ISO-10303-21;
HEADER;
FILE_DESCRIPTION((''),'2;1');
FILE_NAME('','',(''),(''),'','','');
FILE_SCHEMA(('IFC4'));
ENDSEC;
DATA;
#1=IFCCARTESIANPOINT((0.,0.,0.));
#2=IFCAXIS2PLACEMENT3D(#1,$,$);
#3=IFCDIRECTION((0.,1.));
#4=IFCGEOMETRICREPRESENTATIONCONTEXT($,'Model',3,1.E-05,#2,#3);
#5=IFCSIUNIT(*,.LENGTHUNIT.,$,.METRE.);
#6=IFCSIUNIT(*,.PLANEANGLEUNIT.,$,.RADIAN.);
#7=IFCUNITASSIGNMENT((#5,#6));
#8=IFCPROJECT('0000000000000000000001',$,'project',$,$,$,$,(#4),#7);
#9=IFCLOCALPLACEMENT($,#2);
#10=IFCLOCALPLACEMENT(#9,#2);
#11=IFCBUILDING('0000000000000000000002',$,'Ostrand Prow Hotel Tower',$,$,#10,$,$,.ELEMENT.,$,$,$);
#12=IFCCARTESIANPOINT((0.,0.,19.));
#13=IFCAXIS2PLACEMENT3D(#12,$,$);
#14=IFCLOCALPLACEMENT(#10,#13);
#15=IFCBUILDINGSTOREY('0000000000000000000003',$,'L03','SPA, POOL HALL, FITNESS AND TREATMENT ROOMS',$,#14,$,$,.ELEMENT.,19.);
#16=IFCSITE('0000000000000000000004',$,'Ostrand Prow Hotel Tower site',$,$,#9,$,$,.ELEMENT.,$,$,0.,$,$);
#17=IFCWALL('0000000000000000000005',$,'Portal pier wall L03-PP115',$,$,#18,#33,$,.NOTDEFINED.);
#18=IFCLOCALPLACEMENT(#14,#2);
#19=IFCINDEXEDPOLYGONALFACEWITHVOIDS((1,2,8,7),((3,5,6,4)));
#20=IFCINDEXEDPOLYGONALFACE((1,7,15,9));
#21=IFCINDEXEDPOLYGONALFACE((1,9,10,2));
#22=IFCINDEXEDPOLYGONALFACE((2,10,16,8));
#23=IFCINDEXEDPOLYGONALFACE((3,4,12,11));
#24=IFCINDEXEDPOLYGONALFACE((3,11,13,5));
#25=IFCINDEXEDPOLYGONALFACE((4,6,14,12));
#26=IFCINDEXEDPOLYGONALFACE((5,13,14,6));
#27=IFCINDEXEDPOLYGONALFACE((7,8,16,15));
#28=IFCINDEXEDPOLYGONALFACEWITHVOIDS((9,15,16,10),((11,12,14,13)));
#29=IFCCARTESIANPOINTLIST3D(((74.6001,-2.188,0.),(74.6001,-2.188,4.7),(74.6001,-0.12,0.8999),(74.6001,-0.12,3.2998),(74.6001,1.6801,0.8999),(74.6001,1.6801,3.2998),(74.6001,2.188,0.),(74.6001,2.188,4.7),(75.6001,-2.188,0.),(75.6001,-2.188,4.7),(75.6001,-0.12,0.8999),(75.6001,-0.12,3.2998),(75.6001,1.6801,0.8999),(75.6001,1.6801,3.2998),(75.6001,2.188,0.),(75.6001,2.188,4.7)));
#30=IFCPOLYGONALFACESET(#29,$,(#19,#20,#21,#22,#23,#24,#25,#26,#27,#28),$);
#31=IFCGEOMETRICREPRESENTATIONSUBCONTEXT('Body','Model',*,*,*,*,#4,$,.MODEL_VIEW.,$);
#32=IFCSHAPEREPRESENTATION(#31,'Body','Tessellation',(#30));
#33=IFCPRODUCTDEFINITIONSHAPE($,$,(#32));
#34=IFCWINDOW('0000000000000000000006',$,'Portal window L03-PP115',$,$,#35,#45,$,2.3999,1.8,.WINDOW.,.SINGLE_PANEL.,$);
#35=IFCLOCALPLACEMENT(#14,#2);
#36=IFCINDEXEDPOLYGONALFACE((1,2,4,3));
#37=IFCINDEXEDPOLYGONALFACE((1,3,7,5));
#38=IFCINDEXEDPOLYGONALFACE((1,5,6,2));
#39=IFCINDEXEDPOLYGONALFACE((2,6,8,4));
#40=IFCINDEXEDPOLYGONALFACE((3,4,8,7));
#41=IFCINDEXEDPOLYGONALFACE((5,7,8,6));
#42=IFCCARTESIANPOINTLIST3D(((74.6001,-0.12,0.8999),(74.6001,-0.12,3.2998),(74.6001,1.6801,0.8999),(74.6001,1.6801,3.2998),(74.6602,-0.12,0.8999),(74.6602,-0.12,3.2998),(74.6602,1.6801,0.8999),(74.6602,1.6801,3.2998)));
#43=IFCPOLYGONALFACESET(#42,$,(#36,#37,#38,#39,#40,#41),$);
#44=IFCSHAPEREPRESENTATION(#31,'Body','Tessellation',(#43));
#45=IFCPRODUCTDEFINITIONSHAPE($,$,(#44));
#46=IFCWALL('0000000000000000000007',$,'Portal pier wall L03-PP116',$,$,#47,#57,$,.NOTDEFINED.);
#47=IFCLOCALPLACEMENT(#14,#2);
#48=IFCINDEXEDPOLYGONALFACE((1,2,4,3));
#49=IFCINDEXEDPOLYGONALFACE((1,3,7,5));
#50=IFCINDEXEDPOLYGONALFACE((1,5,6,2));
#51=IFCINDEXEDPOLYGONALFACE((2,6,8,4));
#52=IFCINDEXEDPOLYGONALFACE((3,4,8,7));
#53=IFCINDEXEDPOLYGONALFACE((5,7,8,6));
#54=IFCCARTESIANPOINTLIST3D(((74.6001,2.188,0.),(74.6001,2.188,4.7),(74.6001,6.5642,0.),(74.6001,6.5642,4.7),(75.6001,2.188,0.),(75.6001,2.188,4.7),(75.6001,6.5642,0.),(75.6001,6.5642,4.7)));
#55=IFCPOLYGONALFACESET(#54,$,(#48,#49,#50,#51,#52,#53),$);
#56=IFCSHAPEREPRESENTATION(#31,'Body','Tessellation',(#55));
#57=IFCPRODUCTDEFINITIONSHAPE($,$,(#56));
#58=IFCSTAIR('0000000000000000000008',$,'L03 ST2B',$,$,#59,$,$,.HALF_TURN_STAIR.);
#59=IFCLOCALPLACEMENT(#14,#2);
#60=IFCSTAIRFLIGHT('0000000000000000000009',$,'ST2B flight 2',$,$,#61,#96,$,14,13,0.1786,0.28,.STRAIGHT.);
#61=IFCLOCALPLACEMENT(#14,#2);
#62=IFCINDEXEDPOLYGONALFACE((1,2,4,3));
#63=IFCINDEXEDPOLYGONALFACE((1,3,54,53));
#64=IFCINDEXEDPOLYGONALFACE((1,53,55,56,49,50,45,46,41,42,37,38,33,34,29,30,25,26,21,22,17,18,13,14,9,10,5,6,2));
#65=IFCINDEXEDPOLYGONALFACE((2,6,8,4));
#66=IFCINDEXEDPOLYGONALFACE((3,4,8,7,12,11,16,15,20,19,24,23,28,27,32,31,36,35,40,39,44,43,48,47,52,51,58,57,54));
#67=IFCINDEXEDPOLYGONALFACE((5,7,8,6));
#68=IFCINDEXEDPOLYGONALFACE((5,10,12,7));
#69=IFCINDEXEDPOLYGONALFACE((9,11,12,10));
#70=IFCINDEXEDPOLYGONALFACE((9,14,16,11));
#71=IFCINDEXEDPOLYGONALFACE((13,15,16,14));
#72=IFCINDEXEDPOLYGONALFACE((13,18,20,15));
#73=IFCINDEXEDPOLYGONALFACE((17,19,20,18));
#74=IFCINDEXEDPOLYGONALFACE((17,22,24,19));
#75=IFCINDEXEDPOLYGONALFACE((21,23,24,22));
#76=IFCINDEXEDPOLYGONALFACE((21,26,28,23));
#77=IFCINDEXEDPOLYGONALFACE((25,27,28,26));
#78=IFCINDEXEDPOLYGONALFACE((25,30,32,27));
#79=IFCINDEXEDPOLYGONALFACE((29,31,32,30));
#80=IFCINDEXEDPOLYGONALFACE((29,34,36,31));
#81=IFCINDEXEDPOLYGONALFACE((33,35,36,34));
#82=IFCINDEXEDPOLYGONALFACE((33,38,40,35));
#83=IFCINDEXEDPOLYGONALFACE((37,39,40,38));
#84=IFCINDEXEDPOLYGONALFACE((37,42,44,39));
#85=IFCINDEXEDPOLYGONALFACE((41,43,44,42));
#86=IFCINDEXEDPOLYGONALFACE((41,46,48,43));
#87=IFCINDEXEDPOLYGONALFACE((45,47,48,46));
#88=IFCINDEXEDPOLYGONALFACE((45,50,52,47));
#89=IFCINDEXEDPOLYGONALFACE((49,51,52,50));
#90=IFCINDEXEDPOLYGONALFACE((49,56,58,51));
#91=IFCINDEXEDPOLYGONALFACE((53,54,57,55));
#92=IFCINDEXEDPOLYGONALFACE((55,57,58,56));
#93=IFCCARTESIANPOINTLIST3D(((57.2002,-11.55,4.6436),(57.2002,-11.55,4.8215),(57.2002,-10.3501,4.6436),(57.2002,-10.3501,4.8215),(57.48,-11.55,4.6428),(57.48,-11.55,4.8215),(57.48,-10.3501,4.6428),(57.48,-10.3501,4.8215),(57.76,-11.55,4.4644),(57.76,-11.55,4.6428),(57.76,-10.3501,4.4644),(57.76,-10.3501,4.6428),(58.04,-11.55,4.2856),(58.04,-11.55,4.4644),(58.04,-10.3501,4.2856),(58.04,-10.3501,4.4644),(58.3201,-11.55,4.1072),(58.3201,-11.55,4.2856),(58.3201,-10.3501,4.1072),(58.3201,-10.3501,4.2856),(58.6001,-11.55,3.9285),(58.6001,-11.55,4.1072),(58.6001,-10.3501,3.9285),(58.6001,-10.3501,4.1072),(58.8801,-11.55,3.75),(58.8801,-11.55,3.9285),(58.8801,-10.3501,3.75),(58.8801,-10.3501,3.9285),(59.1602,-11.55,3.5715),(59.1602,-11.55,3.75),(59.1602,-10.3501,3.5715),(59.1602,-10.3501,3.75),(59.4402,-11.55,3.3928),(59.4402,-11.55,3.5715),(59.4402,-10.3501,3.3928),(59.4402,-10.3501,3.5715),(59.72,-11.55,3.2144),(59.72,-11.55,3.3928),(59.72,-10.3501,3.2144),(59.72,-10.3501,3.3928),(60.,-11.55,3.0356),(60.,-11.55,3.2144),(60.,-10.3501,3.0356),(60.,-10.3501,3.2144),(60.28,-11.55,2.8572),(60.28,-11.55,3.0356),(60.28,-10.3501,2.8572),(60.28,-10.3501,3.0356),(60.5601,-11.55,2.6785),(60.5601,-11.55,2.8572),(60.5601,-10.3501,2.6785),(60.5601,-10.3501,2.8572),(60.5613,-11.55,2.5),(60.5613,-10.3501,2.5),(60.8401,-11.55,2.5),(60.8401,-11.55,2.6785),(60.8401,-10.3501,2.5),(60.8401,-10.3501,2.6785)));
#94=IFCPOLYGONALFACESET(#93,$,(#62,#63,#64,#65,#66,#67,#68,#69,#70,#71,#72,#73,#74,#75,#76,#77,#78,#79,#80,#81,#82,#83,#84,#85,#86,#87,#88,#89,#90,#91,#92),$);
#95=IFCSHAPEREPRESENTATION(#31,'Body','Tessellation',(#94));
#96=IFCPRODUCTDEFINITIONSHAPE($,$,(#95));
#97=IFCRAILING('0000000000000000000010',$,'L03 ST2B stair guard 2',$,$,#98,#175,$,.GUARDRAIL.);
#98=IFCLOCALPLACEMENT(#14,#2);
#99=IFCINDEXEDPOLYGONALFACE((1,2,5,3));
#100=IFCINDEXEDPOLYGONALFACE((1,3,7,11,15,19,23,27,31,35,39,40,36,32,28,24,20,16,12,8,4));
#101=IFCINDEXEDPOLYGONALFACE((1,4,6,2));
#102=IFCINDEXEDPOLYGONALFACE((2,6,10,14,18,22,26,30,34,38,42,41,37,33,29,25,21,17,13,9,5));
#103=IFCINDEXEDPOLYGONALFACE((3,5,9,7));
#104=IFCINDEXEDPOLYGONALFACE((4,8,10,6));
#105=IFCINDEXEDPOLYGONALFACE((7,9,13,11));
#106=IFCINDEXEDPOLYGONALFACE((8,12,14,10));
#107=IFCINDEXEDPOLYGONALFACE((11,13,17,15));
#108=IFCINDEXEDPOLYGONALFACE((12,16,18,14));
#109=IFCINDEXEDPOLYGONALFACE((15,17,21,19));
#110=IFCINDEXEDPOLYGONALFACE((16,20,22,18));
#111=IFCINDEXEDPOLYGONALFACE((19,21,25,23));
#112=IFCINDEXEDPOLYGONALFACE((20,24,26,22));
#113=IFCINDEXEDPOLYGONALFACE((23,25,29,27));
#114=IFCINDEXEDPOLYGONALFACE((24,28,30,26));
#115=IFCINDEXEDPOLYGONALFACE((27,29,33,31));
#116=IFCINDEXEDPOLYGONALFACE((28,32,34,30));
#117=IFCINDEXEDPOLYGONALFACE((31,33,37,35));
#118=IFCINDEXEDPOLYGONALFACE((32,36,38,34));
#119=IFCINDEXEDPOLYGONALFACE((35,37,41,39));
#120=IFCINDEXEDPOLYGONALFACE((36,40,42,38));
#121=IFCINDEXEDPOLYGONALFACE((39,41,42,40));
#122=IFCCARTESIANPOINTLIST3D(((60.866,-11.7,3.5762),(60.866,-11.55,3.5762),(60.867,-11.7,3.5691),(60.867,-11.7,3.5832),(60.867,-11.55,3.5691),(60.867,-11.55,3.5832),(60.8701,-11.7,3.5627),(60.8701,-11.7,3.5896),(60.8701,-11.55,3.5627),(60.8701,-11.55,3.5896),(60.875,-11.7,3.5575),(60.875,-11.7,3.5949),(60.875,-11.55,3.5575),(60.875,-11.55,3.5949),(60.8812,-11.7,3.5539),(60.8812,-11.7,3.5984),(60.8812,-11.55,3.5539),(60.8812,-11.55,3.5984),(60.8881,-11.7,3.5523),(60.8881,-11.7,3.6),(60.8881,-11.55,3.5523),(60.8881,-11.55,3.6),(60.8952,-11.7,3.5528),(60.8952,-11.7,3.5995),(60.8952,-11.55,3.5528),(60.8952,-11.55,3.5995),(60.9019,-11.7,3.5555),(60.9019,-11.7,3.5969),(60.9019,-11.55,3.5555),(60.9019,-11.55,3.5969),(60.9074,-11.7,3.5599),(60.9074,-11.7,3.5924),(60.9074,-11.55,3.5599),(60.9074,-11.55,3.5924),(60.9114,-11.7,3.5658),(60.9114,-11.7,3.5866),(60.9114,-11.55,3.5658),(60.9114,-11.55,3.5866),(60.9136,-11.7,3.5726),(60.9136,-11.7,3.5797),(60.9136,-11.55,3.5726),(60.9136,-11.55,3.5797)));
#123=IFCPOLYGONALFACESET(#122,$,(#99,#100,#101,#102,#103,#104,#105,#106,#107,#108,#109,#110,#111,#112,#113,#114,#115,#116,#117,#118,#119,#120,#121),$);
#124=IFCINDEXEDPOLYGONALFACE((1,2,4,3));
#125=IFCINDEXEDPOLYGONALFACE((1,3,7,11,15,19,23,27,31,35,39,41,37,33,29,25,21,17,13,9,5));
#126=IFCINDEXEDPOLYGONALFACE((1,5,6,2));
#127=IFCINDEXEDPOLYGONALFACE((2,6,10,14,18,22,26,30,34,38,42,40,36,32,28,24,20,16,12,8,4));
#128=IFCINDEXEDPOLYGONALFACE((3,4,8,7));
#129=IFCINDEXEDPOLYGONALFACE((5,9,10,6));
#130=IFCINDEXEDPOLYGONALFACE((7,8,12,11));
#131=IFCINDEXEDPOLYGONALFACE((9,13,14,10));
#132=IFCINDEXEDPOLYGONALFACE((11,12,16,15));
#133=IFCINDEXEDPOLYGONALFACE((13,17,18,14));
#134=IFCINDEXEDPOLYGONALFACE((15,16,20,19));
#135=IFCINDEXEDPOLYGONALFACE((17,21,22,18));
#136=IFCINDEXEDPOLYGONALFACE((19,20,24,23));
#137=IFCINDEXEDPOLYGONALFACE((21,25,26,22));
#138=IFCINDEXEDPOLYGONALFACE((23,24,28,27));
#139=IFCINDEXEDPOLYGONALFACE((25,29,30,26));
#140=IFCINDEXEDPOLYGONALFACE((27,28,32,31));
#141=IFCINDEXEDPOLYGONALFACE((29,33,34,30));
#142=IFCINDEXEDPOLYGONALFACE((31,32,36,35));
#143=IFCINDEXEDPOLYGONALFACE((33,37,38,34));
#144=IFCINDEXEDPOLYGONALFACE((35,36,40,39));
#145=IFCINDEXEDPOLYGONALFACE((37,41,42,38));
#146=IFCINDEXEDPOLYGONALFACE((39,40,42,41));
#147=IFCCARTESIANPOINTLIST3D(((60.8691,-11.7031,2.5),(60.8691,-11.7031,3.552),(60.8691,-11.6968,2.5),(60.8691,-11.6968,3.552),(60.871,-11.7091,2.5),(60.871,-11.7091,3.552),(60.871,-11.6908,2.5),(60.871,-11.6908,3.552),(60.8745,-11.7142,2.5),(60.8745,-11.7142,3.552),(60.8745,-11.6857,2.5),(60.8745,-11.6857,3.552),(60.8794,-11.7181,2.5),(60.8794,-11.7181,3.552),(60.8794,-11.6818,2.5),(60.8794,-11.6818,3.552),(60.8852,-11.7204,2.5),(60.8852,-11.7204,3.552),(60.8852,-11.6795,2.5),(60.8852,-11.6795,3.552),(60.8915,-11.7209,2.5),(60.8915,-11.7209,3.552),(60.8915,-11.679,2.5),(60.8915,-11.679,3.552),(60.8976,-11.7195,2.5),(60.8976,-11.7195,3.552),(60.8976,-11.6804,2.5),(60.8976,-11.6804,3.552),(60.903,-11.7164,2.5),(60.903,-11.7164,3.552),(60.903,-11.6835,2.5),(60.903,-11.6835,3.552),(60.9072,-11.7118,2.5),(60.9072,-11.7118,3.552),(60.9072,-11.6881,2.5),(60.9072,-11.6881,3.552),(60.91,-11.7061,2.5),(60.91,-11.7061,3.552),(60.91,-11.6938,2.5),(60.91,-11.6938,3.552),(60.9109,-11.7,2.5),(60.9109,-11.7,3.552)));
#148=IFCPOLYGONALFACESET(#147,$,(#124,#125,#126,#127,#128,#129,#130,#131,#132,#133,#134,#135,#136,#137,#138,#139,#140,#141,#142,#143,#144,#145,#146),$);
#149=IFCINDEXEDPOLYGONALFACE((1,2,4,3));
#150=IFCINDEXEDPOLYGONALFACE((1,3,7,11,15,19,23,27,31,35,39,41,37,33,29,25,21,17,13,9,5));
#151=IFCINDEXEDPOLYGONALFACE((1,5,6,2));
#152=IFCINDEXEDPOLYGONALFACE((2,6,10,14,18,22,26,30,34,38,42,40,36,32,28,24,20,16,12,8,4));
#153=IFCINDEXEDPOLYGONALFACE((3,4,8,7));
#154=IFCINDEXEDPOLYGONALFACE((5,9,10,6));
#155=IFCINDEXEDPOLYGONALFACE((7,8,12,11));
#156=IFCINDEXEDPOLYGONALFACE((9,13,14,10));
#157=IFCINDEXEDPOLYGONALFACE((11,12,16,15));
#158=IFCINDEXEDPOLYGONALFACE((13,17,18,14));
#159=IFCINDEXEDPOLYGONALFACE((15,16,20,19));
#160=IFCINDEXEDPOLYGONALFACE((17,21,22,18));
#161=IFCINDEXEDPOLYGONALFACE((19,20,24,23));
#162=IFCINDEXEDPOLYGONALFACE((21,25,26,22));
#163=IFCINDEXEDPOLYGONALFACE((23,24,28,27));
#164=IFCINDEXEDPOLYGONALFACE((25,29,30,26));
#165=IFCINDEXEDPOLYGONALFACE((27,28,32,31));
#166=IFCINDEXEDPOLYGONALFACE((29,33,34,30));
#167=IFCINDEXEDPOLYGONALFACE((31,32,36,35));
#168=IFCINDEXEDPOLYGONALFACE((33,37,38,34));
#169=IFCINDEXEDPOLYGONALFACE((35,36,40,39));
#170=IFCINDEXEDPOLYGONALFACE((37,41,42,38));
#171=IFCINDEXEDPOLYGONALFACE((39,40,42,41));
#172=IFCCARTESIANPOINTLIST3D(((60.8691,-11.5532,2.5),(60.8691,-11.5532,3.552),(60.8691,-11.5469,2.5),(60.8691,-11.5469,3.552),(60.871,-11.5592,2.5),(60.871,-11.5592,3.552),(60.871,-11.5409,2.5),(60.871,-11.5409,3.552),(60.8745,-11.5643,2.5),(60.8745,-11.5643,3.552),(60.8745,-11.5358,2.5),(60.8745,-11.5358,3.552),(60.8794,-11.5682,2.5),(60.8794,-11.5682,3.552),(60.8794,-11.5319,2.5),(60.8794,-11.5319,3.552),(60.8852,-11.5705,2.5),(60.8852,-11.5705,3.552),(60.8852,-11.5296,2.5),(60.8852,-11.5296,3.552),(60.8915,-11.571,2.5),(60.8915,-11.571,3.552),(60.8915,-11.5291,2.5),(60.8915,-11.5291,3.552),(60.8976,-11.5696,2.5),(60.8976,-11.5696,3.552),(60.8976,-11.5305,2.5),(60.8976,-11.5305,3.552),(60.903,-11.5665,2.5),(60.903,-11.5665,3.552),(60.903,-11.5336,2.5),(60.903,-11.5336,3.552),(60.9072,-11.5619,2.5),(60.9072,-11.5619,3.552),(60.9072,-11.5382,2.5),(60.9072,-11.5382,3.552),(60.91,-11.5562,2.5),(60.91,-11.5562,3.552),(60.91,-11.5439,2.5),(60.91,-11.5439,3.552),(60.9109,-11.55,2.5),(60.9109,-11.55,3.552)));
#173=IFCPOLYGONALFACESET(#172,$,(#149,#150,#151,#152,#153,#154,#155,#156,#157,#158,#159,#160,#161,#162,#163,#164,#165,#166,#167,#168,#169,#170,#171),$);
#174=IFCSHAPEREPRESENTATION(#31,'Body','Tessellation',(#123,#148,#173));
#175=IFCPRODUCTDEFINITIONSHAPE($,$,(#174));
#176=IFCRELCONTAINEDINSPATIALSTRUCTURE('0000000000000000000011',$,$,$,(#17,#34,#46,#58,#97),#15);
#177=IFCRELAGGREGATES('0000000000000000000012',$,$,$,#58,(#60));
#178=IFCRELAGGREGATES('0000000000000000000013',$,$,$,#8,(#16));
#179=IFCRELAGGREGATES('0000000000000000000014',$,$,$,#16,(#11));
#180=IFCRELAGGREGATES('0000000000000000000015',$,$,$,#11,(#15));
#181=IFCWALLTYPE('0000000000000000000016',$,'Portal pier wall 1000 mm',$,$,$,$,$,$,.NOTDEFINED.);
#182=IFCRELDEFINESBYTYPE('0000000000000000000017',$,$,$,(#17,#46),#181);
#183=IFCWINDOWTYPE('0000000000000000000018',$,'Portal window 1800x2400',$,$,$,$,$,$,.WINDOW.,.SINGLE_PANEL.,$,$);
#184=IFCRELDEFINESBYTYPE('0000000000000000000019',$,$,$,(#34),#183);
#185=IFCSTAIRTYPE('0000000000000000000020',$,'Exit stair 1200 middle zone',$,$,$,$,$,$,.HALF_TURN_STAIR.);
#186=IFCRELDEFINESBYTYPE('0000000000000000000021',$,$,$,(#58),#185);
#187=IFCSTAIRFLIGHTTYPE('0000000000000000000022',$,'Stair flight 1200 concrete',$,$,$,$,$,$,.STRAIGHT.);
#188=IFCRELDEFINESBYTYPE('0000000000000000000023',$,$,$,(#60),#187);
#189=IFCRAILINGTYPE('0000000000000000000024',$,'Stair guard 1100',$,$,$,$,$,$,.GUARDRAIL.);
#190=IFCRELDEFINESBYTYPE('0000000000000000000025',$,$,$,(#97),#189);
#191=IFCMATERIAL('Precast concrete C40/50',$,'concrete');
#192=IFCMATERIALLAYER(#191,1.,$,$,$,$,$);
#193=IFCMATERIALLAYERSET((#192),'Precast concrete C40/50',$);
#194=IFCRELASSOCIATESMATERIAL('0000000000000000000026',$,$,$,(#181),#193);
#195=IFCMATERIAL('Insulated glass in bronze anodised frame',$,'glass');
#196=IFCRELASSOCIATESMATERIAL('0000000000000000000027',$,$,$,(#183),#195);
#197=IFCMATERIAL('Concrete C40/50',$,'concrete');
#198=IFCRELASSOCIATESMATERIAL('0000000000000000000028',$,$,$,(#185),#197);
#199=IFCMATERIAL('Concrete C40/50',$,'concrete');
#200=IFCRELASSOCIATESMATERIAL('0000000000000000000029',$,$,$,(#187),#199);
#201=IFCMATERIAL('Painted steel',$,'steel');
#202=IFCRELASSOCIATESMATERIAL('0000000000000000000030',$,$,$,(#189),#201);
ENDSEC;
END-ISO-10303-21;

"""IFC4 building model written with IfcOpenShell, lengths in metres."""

from ifc_helpers import new_model, si_unit, direction, frame, frame_2d, origin, origin_2d, place, context, subcontext, project, spatial, polyline, rectangle, circle, outline, extrude, material, layer, layer_set, type_object, element, fill, aggregate, save


model = new_model("IFC4")

# Units and contexts
model_context = context("Model", 3, precision=1e-05, world=origin(), true_north=direction((0.0, 1.0)))
body_context = subcontext(model_context, "Body", "Model", "MODEL_VIEW")
ifc_project = project(units=[si_unit("LENGTHUNIT", "METRE"), si_unit("PLANEANGLEUNIT", "RADIAN")], contexts=[model_context])

# Site, building, storey
site_placement = place(None, origin())
site = spatial("IfcSite", under=ifc_project, at=site_placement, Name="Ostrand Prow Hotel Tower site", CompositionType="ELEMENT", RefElevation=0.0)
building_placement = place(site_placement, origin())
building = spatial("IfcBuilding", under=site, at=building_placement, Name="Ostrand Prow Hotel Tower", CompositionType="ELEMENT")
storey_placement = place(building_placement, frame((0.0, 0.0, 19.0)))
storey = spatial("IfcBuildingStorey", under=building, at=storey_placement, Name="L03", Description="SPA, POOL HALL, FITNESS AND TREATMENT ROOMS", CompositionType="ELEMENT", Elevation=19.0)

# Wall, opening, window
ifc_material_1 = material(Name="Precast concrete C40/50", Category="concrete")
ifc_layer_1 = layer(ifc_material_1, 1.0)
ifc_layer_set_1 = layer_set([ifc_layer_1], Name="Precast concrete C40/50")
wall_type_1 = type_object("IfcWallType", Name="Portal pier wall 1000 mm", PredefinedType="NOTDEFINED", material=ifc_layer_set_1)
ifc_material_2 = material(Name="Insulated glass in bronze anodised frame", Category="glass")
window_type = type_object("IfcWindowType", Name="Portal window 1800x2400", PartitioningType="SINGLE_PANEL", PredefinedType="WINDOW", material=ifc_material_2)
wall_1_placement = place(storey_placement, frame((75.1001, -2.188, 0.0), z_axis=(0.0, 0.0, 1.0), x_axis=(0.0, 1.0, 0.0)))
wall_1 = element("IfcWall", 1, at=wall_1_placement, inside=storey, type_object=wall_type_1, Name="Portal pier wall L03-PP115", PredefinedType="NOTDEFINED", context=body_context, shape_type="SweptSolid", body=[
    extrude(outline(polyline([(0.0, -0.5), (4.376, -0.5), (4.376, 0.5), (0.0, 0.5), (0.0, -0.5)])), origin(), (0.0, 0.0, 1.0), 4.7),
])
opening_1_placement = place(wall_1_placement, frame((2.0681, 0.0, 0.8999)))
opening_1 = element("IfcOpeningElement", 2, at=opening_1_placement, cuts=wall_1, PredefinedType="OPENING", context=body_context, shape_type="SweptSolid", body=[
    extrude(rectangle(XDim=1.8, YDim=2.3999, at=frame_2d((0.8999, 1.2))), frame((0.0, 0.51, 0.0), z_axis=(0.0, -1.0, 0.0), x_axis=(1.0, 0.0, 0.0)), (0.0, 0.0, 1.0), 1.02),
])
window_1_placement = place(opening_1_placement, origin())
window_1 = element("IfcWindow", 3, at=window_1_placement, inside=storey, type_object=window_type, Name="Portal window L03-PP115", OverallHeight=2.3999, OverallWidth=1.8, PartitioningType="SINGLE_PANEL", PredefinedType="WINDOW", context=body_context, shape_type="SweptSolid", body=[
    extrude(rectangle(XDim=1.8, YDim=2.3999, at=frame_2d((0.8999, 1.2))), frame((0.0, 0.5, 0.0), z_axis=(0.0, -1.0, 0.0), x_axis=(1.0, 0.0, 0.0)), (0.0, 0.0, 1.0), 0.0601),
])
fill(opening_1, window_1)

# Wall
wall_2_placement = place(storey_placement, frame((75.1001, 2.188, 0.0), z_axis=(0.0, 0.0, 1.0), x_axis=(0.0, 1.0, 0.0)))
element("IfcWall", 4, at=wall_2_placement, inside=storey, type_object=wall_type_1, Name="Portal pier wall L03-PP116", PredefinedType="NOTDEFINED", context=body_context, shape_type="SweptSolid", body=[
    extrude(outline(polyline([(0.0, -0.5), (4.3762, -0.5), (4.3762, 0.5), (0.0, 0.5), (0.0, -0.5)])), origin(), (0.0, 0.0, 1.0), 4.7),
])

# Stair, stair flight
ifc_material_3 = material(Name="Concrete C40/50", Category="concrete")
stair_type = type_object("IfcStairType", Name="Exit stair 1200 middle zone", PredefinedType="HALF_TURN_STAIR", material=ifc_material_3)
stair_placement = place(storey_placement, origin())
stair = element("IfcStair", 5, at=stair_placement, inside=storey, type_object=stair_type, Name="L03 ST2B", PredefinedType="HALF_TURN_STAIR")
ifc_material_4 = material(Name="Concrete C40/50", Category="concrete")
stair_flight_type = type_object("IfcStairFlightType", Name="Stair flight 1200 concrete", PredefinedType="STRAIGHT", material=ifc_material_4)
stair_flight_placement = place(storey_placement, frame((60.8401, -10.95, 2.5), z_axis=(0.0, 0.0, 1.0), x_axis=(-1.0, 0.0, 0.0)))
stair_flight = element("IfcStairFlight", 6, at=stair_flight_placement, type_object=stair_flight_type, Name="ST2B flight 2", NumberOfRisers=14, NumberOfTreads=13, PredefinedType="STRAIGHT", RiserHeight=0.1786, TreadLength=0.28, context=body_context, shape_type="SweptSolid", body=[
    extrude(outline(polyline([(0.0, 0.0), (0.0, 0.1785), (0.28, 0.1785), (0.28, 0.3572), (0.5601, 0.3572), (0.5601, 0.5356), (0.8401, 0.5356), (0.8401, 0.7144), (1.1201, 0.7144), (1.1201, 0.8928), (1.3999, 0.8928), (1.3999, 1.0715), (1.6799, 1.0715), (1.6799, 1.25), (1.96, 1.25), (1.96, 1.4285), (2.24, 1.4285), (2.24, 1.6072), (2.52, 1.6072), (2.52, 1.7856), (2.8, 1.7856), (2.8, 1.9644), (3.0801, 1.9644), (3.0801, 2.1428), (3.3601, 2.1428), (3.3601, 2.3215), (3.6399, 2.3215), (3.6399, 2.5), (3.6399, 2.1436), (0.2788, 0.0), (0.0, 0.0)])), frame((0.0, 0.6001, 0.0), z_axis=(0.0, -1.0, 0.0), x_axis=(1.0, 0.0, 0.0)), (0.0, 0.0, 1.0), 1.2),
])
aggregate(stair, [stair_flight])

# Railing
ifc_material_5 = material(Name="Painted steel", Category="steel")
railing_type_1 = type_object("IfcRailingType", Name="Stair guard 1100", PredefinedType="GUARDRAIL", material=ifc_material_5)
railing_1_placement = place(storey_placement, frame((60.8899, -11.7, 2.5)))
element("IfcRailing", 7, at=railing_1_placement, inside=storey, type_object=railing_type_1, Name="L03 ST2B stair guard 2", PredefinedType="GUARDRAIL", context=body_context, shape_type="SweptSolid", body=[
    extrude(circle(Radius=0.0239, at=origin_2d()), frame((0.0, 0.0, 1.0762), z_axis=(0.0, 1.0, 0.0), x_axis=(-1.0, 0.0, 0.0)), (0.0, 0.0, 1.0), 0.1499),
    extrude(circle(Radius=0.021, at=origin_2d()), origin(), (0.0, 0.0, 1.0), 1.052),
    extrude(circle(Radius=0.021, at=origin_2d()), frame((0.0, 0.1499, 0.0)), (0.0, 0.0, 1.0), 1.052),
])

save(model, "model.ifc")
